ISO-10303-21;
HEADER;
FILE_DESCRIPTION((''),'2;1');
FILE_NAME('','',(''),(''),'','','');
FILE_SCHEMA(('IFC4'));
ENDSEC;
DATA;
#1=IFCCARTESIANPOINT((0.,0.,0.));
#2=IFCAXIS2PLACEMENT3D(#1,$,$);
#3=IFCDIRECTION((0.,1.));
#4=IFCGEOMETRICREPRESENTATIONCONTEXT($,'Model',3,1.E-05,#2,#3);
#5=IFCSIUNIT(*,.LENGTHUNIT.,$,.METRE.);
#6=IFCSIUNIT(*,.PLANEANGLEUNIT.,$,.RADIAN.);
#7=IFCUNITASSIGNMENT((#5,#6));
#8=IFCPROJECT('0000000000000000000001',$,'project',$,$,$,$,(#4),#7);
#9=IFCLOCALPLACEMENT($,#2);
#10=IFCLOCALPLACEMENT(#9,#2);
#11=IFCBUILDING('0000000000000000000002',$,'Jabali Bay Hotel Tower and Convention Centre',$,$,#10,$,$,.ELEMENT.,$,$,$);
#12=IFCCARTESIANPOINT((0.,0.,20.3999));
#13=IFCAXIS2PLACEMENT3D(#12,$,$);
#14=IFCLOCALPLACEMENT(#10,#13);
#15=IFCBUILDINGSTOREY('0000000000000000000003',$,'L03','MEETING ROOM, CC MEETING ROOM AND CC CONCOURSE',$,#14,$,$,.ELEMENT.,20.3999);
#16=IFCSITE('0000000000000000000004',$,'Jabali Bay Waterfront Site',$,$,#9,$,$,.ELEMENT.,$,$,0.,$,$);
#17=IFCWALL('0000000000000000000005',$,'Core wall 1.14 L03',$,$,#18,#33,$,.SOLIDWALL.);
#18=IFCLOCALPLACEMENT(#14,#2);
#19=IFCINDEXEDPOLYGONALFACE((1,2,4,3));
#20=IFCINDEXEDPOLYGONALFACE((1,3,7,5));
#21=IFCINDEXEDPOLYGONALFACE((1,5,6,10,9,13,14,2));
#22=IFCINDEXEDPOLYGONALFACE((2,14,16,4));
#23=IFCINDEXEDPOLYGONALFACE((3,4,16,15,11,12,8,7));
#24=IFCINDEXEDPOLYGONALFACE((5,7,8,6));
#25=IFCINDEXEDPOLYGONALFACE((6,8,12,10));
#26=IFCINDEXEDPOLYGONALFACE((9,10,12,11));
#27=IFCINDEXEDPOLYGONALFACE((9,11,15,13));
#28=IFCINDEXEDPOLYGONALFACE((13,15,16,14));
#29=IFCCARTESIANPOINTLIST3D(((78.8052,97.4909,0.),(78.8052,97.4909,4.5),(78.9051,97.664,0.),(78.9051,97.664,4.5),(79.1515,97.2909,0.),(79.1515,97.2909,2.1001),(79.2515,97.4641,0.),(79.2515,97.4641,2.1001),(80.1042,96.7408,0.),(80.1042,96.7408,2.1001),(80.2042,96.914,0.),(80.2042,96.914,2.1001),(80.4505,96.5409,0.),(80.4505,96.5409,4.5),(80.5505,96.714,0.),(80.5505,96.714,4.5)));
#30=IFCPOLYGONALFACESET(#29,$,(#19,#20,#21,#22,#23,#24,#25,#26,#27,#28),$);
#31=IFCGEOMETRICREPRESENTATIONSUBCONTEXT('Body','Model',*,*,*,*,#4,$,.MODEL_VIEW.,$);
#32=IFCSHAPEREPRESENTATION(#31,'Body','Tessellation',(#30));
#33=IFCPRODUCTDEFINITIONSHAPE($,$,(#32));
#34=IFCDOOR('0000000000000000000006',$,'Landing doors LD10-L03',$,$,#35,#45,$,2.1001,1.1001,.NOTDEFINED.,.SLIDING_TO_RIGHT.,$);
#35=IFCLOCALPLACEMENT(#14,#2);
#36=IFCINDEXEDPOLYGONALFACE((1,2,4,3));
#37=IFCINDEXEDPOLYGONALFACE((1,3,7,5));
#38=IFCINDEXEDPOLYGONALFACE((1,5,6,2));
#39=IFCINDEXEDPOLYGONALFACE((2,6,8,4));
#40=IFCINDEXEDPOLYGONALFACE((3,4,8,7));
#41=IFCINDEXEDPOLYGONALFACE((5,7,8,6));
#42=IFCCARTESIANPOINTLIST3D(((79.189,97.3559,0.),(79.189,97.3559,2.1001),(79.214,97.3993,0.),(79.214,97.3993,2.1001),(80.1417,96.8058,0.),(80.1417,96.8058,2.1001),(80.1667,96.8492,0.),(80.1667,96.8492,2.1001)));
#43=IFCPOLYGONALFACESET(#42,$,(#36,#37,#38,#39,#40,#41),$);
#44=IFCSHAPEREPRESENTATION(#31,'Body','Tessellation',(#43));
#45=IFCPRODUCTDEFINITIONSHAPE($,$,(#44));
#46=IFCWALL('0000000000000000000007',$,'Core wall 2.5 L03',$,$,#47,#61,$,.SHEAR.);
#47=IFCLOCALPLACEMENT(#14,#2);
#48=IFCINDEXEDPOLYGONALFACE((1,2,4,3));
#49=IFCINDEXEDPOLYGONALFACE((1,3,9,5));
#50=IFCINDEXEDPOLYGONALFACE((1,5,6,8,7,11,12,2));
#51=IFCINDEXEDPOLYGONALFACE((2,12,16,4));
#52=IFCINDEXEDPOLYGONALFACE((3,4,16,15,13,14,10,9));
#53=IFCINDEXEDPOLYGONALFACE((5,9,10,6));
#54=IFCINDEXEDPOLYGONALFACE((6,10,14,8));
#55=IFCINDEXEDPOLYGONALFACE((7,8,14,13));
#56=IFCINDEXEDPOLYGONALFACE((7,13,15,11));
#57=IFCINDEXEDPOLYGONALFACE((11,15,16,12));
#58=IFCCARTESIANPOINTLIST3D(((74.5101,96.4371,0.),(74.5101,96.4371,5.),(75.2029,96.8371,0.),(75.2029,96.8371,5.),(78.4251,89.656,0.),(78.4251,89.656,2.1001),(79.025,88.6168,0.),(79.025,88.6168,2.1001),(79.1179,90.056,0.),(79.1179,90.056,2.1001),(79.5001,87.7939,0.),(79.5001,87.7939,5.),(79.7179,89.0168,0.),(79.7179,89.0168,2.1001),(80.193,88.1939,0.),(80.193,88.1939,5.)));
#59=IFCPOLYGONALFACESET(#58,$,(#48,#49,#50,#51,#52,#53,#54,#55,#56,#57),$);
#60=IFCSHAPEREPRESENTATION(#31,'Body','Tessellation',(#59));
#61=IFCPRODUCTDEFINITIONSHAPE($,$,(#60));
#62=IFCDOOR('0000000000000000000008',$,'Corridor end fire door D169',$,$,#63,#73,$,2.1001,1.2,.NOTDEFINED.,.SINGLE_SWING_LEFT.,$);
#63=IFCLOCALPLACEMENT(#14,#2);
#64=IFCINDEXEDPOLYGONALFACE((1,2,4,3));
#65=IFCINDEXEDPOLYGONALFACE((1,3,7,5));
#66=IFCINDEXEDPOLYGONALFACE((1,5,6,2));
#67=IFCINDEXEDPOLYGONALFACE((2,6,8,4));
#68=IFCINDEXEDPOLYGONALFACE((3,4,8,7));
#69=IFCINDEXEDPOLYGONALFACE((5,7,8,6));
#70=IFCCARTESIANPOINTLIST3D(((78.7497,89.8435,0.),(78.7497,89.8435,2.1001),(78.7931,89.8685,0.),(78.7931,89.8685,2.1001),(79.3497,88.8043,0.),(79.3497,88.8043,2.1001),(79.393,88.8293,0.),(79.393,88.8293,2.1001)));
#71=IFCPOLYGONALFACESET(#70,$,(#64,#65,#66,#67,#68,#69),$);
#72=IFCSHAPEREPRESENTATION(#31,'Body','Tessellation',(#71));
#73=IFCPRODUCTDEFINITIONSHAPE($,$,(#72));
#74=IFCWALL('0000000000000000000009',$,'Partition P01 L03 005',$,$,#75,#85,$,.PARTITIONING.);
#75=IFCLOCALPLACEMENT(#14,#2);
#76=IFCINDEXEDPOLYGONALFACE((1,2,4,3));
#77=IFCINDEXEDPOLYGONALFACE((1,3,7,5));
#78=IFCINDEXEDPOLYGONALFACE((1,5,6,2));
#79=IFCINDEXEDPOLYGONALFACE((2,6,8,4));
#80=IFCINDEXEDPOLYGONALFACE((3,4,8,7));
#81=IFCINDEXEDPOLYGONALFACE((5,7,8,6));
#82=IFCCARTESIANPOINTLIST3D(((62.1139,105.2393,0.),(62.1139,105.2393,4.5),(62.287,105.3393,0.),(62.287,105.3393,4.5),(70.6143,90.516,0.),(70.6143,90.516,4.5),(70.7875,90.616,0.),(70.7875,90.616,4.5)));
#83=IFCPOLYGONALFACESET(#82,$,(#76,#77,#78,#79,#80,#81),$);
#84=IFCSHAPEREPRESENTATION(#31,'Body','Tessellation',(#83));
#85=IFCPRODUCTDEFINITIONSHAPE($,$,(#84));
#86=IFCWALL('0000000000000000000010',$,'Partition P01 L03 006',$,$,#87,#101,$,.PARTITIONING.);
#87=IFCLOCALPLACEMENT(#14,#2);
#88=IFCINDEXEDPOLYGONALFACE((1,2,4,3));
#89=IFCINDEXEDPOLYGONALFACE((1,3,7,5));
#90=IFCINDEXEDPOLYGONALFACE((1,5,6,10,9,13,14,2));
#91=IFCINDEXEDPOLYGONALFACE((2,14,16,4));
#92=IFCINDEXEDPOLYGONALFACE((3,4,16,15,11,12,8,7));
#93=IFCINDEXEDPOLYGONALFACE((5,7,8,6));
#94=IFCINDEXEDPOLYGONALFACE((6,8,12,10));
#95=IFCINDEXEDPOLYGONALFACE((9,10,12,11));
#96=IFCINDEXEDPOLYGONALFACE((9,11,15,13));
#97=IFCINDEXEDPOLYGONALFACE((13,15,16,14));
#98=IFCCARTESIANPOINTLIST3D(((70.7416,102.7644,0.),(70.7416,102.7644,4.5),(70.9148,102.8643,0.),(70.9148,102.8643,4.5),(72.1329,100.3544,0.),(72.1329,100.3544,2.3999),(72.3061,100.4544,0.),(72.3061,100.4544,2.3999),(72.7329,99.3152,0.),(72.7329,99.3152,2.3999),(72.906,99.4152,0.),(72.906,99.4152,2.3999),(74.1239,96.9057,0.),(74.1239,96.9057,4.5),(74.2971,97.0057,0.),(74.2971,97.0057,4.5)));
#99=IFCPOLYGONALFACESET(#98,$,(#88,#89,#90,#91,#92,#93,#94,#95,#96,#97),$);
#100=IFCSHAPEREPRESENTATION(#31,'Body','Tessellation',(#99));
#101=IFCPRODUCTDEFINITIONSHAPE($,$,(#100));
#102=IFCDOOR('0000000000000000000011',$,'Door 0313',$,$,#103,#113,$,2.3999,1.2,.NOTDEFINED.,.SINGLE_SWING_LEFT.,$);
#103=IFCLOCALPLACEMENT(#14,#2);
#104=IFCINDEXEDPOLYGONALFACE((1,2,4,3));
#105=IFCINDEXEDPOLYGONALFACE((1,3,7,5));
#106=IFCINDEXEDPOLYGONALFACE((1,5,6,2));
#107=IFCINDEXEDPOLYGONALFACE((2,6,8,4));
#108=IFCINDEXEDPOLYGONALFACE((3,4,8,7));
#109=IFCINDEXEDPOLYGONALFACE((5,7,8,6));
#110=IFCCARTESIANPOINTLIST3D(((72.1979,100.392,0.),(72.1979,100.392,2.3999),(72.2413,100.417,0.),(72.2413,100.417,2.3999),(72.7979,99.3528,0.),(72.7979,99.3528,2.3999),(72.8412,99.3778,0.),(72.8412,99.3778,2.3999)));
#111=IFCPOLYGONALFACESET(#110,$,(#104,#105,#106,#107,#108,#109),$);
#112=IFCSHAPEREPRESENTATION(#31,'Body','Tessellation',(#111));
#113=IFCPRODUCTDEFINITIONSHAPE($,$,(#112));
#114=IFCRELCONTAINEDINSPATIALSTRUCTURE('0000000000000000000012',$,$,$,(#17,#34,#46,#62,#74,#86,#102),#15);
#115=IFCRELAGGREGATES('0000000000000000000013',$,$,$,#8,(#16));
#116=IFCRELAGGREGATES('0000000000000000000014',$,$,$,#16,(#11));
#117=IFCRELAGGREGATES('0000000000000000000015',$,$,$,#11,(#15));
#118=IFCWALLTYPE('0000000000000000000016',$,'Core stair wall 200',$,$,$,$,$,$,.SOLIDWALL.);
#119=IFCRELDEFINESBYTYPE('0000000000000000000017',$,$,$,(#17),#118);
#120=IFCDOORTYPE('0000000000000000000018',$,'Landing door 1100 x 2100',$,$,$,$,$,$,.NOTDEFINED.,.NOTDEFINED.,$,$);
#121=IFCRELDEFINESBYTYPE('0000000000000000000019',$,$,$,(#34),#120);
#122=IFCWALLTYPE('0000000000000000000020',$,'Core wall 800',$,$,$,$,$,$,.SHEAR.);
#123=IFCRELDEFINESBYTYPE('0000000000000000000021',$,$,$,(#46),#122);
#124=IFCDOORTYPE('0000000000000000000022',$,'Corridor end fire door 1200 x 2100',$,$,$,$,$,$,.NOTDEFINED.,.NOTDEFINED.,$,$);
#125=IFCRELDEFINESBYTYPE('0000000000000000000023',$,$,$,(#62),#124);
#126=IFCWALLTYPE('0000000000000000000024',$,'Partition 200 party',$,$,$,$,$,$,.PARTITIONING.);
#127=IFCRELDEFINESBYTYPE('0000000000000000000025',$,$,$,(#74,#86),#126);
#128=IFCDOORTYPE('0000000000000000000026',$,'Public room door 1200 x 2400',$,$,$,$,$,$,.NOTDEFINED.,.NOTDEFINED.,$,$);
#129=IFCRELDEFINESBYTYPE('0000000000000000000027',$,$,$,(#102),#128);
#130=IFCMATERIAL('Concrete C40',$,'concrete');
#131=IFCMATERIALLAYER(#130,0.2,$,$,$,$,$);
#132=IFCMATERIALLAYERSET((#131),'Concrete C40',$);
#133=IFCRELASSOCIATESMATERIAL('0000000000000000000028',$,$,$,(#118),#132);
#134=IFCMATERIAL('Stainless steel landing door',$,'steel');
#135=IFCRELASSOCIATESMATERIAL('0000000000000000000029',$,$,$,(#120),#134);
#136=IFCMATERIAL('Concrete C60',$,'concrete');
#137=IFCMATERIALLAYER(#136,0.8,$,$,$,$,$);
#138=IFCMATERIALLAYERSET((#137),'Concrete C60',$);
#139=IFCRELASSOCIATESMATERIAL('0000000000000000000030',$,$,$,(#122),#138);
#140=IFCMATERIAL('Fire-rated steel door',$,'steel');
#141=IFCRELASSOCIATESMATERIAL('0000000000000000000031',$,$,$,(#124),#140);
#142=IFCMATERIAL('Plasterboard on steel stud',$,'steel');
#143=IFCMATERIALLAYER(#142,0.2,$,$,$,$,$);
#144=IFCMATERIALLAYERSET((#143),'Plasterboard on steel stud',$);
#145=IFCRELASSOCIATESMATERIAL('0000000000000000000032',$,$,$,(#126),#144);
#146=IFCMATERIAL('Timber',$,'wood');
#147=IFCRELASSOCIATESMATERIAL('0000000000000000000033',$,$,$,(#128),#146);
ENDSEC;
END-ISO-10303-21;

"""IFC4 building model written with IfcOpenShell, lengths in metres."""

from ifc_helpers import new_model, si_unit, direction, frame, frame_2d, origin, place, context, subcontext, project, spatial, rectangle, extrude, material, layer, layer_set, type_object, element, fill, save


model = new_model("IFC4")

# Units and contexts
model_context = context("Model", 3, precision=1e-05, world=origin(), true_north=direction((0.0, 1.0)))
body_context = subcontext(model_context, "Body", "Model", "MODEL_VIEW")
ifc_project = project(units=[si_unit("LENGTHUNIT", "METRE"), si_unit("PLANEANGLEUNIT", "RADIAN")], contexts=[model_context])

# Site, building, storey
site_placement = place(None, origin())
site = spatial("IfcSite", under=ifc_project, at=site_placement, Name="Jabali Bay Waterfront Site", CompositionType="ELEMENT", RefElevation=0.0)
building_placement = place(site_placement, origin())
building = spatial("IfcBuilding", under=site, at=building_placement, Name="Jabali Bay Hotel Tower and Convention Centre", CompositionType="ELEMENT")
storey_placement = place(building_placement, frame((0.0, 0.0, 20.3999)))
storey = spatial("IfcBuildingStorey", under=building, at=storey_placement, Name="L03", Description="MEETING ROOM, CC MEETING ROOM AND CC CONCOURSE", CompositionType="ELEMENT", Elevation=20.3999)

# Shared definitions
ifc_material_1 = material(Name="Concrete C60", Category="concrete")

# Shared definitions
ifc_material_2 = material(Name="Concrete C40", Category="concrete")
ifc_material_3 = material(Name="Fire-rated steel door", Category="steel")

# Shared definitions
ifc_layer_1 = layer(ifc_material_2, 0.2)
ifc_layer_set_1 = layer_set([ifc_layer_1], Name="Concrete C40")
wall_type_1 = type_object("IfcWallType", Name="Core stair wall 200", PredefinedType="SOLIDWALL", material=ifc_layer_set_1)

# Walls, openings, doors
wall_1_placement = place(storey_placement, frame((80.5005, 96.6274, 0.0), z_axis=(0.0, 0.0, 1.0), x_axis=(-0.866012, 0.500023, 0.0)))
wall_1 = element("IfcWall", 1, at=wall_1_placement, inside=storey, type_object=wall_type_1, Name="Core wall 1.14 L03", PredefinedType="SOLIDWALL", context=body_context, shape_type="SweptSolid", body=[
    extrude(rectangle(XDim=1.8999, YDim=0.2, at=frame_2d((0.95, 0.0))), origin(), (0.0, 0.0, 1.0), 4.5),
])
opening_1_placement = place(wall_1_placement, frame((0.3999, 0.0, 0.0)))
opening_1 = element("IfcOpeningElement", 2, at=opening_1_placement, cuts=wall_1, PredefinedType="OPENING", context=body_context, shape_type="SweptSolid", body=[
    extrude(rectangle(XDim=1.1001, YDim=2.1001, at=frame_2d((0.55, 1.05))), frame((0.0, 0.1104, 0.0), z_axis=(0.0, -1.0, 0.0), x_axis=(1.0, 0.0, 0.0)), (0.0, 0.0, 1.0), 0.2209),
])
ifc_material_4 = material(Name="Stainless steel landing door", Category="steel")
door_type_1 = type_object("IfcDoorType", Name="Landing door 1100 x 2100", OperationType="NOTDEFINED", PredefinedType="NOTDEFINED", material=ifc_material_4)
door_1_placement = place(opening_1_placement, origin())
door_1 = element("IfcDoor", 3, at=door_1_placement, inside=storey, type_object=door_type_1, Name="Landing doors LD10-L03", OperationType="SLIDING_TO_RIGHT", OverallHeight=2.1001, OverallWidth=1.1001, PredefinedType="NOTDEFINED", context=body_context, shape_type="SweptSolid", body=[
    extrude(rectangle(XDim=1.1001, YDim=2.1001, at=frame_2d((0.55, 1.05))), frame((0.0, 0.0249, 0.0), z_axis=(0.0, -1.0, 0.0), x_axis=(1.0, 0.0, 0.0)), (0.0, 0.0, 1.0), 0.05),
])
fill(opening_1, door_1)
ifc_layer_2 = layer(ifc_material_1, 0.8)
ifc_layer_set_2 = layer_set([ifc_layer_2], Name="Concrete C60")
wall_type_2 = type_object("IfcWallType", Name="Core wall 800", PredefinedType="SHEAR", material=ifc_layer_set_2)
wall_2_placement = place(storey_placement, frame((74.8564, 96.6372, 0.0), z_axis=(0.0, 0.0, 1.0), x_axis=(0.499994, -0.866029, 0.0)))
wall_2 = element("IfcWall", 4, at=wall_2_placement, inside=storey, type_object=wall_type_2, Name="Core wall 2.5 L03", PredefinedType="SHEAR", context=body_context, shape_type="SweptSolid", body=[
    extrude(rectangle(XDim=9.9802, YDim=0.8, at=frame_2d((4.9902, 0.0))), origin(), (0.0, 0.0, 1.0), 5.0),
])
opening_2_placement = place(wall_2_placement, frame((7.8301, 0.0, 0.0)))
opening_2 = element("IfcOpeningElement", 5, at=opening_2_placement, cuts=wall_2, PredefinedType="OPENING", context=body_context, shape_type="SweptSolid", body=[
    extrude(rectangle(XDim=1.2, YDim=2.1001, at=frame_2d((0.6001, 1.05))), frame((0.0, 0.4106, 0.0), z_axis=(0.0, -1.0, 0.0), x_axis=(1.0, 0.0, 0.0)), (0.0, 0.0, 1.0), 0.821),
])
door_type_2 = type_object("IfcDoorType", Name="Corridor end fire door 1200 x 2100", OperationType="NOTDEFINED", PredefinedType="NOTDEFINED", material=ifc_material_3)
door_2_placement = place(opening_2_placement, origin())
door_2 = element("IfcDoor", 6, at=door_2_placement, inside=storey, type_object=door_type_2, Name="Corridor end fire door D169", OperationType="SINGLE_SWING_LEFT", OverallHeight=2.1001, OverallWidth=1.2, PredefinedType="NOTDEFINED", context=body_context, shape_type="SweptSolid", body=[
    extrude(rectangle(XDim=1.2, YDim=2.1001, at=frame_2d((0.6001, 1.05))), frame((0.0, 0.0249, 0.0), z_axis=(0.0, -1.0, 0.0), x_axis=(1.0, 0.0, 0.0)), (0.0, 0.0, 1.0), 0.05),
])
fill(opening_2, door_2)

# Wall
ifc_material_5 = material(Name="Plasterboard on steel stud", Category="steel")
ifc_layer_3 = layer(ifc_material_5, 0.2)
ifc_layer_set_3 = layer_set([ifc_layer_3], Name="Plasterboard on steel stud")
wall_type_3 = type_object("IfcWallType", Name="Partition 200 party", PredefinedType="PARTITIONING", material=ifc_layer_set_3)
wall_3_placement = place(storey_placement, frame((62.2004, 105.2893, 0.0), z_axis=(0.0, 0.0, 1.0), x_axis=(0.499997, -0.866027, 0.0)))
element("IfcWall", 7, at=wall_3_placement, inside=storey, type_object=wall_type_3, Name="Partition P01 L03 005", PredefinedType="PARTITIONING", context=body_context, shape_type="SweptSolid", body=[
    extrude(rectangle(XDim=17.001, YDim=0.2, at=frame_2d((8.5005, 0.0))), origin(), (0.0, 0.0, 1.0), 4.5),
])

# Wall, opening, door
wall_4_placement = place(storey_placement, frame((74.2104, 96.9558, 0.0), z_axis=(0.0, 0.0, 1.0), x_axis=(-0.499982, 0.866036, 0.0)))
wall_4 = element("IfcWall", 8, at=wall_4_placement, inside=storey, type_object=wall_type_3, Name="Partition P01 L03 006", PredefinedType="PARTITIONING", context=body_context, shape_type="SweptSolid", body=[
    extrude(rectangle(XDim=6.7649, YDim=0.2, at=frame_2d((3.3823, 0.0))), origin(), (0.0, 0.0, 1.0), 4.5),
])
opening_3_placement = place(wall_4_placement, frame((2.782, 0.0, 0.0)))
opening_3 = element("IfcOpeningElement", 9, at=opening_3_placement, cuts=wall_4, PredefinedType="OPENING", context=body_context, shape_type="SweptSolid", body=[
    extrude(rectangle(XDim=1.2, YDim=2.3999, at=frame_2d((0.6001, 1.2))), frame((0.0, 0.1104, 0.0), z_axis=(0.0, -1.0, 0.0), x_axis=(1.0, 0.0, 0.0)), (0.0, 0.0, 1.0), 0.2209),
])
ifc_material_6 = material(Name="Timber", Category="wood")
door_type_3 = type_object("IfcDoorType", Name="Public room door 1200 x 2400", OperationType="NOTDEFINED", PredefinedType="NOTDEFINED", material=ifc_material_6)
door_3_placement = place(opening_3_placement, origin())
door_3 = element("IfcDoor", 10, at=door_3_placement, inside=storey, type_object=door_type_3, Name="Door 0313", OperationType="SINGLE_SWING_LEFT", OverallHeight=2.3999, OverallWidth=1.2, PredefinedType="NOTDEFINED", context=body_context, shape_type="SweptSolid", body=[
    extrude(rectangle(XDim=1.2, YDim=2.3999, at=frame_2d((0.6001, 1.2))), frame((0.0, 0.0249, 0.0), z_axis=(0.0, -1.0, 0.0), x_axis=(1.0, 0.0, 0.0)), (0.0, 0.0, 1.0), 0.05),
])
fill(opening_3, door_3)

save(model, "model.ifc")
